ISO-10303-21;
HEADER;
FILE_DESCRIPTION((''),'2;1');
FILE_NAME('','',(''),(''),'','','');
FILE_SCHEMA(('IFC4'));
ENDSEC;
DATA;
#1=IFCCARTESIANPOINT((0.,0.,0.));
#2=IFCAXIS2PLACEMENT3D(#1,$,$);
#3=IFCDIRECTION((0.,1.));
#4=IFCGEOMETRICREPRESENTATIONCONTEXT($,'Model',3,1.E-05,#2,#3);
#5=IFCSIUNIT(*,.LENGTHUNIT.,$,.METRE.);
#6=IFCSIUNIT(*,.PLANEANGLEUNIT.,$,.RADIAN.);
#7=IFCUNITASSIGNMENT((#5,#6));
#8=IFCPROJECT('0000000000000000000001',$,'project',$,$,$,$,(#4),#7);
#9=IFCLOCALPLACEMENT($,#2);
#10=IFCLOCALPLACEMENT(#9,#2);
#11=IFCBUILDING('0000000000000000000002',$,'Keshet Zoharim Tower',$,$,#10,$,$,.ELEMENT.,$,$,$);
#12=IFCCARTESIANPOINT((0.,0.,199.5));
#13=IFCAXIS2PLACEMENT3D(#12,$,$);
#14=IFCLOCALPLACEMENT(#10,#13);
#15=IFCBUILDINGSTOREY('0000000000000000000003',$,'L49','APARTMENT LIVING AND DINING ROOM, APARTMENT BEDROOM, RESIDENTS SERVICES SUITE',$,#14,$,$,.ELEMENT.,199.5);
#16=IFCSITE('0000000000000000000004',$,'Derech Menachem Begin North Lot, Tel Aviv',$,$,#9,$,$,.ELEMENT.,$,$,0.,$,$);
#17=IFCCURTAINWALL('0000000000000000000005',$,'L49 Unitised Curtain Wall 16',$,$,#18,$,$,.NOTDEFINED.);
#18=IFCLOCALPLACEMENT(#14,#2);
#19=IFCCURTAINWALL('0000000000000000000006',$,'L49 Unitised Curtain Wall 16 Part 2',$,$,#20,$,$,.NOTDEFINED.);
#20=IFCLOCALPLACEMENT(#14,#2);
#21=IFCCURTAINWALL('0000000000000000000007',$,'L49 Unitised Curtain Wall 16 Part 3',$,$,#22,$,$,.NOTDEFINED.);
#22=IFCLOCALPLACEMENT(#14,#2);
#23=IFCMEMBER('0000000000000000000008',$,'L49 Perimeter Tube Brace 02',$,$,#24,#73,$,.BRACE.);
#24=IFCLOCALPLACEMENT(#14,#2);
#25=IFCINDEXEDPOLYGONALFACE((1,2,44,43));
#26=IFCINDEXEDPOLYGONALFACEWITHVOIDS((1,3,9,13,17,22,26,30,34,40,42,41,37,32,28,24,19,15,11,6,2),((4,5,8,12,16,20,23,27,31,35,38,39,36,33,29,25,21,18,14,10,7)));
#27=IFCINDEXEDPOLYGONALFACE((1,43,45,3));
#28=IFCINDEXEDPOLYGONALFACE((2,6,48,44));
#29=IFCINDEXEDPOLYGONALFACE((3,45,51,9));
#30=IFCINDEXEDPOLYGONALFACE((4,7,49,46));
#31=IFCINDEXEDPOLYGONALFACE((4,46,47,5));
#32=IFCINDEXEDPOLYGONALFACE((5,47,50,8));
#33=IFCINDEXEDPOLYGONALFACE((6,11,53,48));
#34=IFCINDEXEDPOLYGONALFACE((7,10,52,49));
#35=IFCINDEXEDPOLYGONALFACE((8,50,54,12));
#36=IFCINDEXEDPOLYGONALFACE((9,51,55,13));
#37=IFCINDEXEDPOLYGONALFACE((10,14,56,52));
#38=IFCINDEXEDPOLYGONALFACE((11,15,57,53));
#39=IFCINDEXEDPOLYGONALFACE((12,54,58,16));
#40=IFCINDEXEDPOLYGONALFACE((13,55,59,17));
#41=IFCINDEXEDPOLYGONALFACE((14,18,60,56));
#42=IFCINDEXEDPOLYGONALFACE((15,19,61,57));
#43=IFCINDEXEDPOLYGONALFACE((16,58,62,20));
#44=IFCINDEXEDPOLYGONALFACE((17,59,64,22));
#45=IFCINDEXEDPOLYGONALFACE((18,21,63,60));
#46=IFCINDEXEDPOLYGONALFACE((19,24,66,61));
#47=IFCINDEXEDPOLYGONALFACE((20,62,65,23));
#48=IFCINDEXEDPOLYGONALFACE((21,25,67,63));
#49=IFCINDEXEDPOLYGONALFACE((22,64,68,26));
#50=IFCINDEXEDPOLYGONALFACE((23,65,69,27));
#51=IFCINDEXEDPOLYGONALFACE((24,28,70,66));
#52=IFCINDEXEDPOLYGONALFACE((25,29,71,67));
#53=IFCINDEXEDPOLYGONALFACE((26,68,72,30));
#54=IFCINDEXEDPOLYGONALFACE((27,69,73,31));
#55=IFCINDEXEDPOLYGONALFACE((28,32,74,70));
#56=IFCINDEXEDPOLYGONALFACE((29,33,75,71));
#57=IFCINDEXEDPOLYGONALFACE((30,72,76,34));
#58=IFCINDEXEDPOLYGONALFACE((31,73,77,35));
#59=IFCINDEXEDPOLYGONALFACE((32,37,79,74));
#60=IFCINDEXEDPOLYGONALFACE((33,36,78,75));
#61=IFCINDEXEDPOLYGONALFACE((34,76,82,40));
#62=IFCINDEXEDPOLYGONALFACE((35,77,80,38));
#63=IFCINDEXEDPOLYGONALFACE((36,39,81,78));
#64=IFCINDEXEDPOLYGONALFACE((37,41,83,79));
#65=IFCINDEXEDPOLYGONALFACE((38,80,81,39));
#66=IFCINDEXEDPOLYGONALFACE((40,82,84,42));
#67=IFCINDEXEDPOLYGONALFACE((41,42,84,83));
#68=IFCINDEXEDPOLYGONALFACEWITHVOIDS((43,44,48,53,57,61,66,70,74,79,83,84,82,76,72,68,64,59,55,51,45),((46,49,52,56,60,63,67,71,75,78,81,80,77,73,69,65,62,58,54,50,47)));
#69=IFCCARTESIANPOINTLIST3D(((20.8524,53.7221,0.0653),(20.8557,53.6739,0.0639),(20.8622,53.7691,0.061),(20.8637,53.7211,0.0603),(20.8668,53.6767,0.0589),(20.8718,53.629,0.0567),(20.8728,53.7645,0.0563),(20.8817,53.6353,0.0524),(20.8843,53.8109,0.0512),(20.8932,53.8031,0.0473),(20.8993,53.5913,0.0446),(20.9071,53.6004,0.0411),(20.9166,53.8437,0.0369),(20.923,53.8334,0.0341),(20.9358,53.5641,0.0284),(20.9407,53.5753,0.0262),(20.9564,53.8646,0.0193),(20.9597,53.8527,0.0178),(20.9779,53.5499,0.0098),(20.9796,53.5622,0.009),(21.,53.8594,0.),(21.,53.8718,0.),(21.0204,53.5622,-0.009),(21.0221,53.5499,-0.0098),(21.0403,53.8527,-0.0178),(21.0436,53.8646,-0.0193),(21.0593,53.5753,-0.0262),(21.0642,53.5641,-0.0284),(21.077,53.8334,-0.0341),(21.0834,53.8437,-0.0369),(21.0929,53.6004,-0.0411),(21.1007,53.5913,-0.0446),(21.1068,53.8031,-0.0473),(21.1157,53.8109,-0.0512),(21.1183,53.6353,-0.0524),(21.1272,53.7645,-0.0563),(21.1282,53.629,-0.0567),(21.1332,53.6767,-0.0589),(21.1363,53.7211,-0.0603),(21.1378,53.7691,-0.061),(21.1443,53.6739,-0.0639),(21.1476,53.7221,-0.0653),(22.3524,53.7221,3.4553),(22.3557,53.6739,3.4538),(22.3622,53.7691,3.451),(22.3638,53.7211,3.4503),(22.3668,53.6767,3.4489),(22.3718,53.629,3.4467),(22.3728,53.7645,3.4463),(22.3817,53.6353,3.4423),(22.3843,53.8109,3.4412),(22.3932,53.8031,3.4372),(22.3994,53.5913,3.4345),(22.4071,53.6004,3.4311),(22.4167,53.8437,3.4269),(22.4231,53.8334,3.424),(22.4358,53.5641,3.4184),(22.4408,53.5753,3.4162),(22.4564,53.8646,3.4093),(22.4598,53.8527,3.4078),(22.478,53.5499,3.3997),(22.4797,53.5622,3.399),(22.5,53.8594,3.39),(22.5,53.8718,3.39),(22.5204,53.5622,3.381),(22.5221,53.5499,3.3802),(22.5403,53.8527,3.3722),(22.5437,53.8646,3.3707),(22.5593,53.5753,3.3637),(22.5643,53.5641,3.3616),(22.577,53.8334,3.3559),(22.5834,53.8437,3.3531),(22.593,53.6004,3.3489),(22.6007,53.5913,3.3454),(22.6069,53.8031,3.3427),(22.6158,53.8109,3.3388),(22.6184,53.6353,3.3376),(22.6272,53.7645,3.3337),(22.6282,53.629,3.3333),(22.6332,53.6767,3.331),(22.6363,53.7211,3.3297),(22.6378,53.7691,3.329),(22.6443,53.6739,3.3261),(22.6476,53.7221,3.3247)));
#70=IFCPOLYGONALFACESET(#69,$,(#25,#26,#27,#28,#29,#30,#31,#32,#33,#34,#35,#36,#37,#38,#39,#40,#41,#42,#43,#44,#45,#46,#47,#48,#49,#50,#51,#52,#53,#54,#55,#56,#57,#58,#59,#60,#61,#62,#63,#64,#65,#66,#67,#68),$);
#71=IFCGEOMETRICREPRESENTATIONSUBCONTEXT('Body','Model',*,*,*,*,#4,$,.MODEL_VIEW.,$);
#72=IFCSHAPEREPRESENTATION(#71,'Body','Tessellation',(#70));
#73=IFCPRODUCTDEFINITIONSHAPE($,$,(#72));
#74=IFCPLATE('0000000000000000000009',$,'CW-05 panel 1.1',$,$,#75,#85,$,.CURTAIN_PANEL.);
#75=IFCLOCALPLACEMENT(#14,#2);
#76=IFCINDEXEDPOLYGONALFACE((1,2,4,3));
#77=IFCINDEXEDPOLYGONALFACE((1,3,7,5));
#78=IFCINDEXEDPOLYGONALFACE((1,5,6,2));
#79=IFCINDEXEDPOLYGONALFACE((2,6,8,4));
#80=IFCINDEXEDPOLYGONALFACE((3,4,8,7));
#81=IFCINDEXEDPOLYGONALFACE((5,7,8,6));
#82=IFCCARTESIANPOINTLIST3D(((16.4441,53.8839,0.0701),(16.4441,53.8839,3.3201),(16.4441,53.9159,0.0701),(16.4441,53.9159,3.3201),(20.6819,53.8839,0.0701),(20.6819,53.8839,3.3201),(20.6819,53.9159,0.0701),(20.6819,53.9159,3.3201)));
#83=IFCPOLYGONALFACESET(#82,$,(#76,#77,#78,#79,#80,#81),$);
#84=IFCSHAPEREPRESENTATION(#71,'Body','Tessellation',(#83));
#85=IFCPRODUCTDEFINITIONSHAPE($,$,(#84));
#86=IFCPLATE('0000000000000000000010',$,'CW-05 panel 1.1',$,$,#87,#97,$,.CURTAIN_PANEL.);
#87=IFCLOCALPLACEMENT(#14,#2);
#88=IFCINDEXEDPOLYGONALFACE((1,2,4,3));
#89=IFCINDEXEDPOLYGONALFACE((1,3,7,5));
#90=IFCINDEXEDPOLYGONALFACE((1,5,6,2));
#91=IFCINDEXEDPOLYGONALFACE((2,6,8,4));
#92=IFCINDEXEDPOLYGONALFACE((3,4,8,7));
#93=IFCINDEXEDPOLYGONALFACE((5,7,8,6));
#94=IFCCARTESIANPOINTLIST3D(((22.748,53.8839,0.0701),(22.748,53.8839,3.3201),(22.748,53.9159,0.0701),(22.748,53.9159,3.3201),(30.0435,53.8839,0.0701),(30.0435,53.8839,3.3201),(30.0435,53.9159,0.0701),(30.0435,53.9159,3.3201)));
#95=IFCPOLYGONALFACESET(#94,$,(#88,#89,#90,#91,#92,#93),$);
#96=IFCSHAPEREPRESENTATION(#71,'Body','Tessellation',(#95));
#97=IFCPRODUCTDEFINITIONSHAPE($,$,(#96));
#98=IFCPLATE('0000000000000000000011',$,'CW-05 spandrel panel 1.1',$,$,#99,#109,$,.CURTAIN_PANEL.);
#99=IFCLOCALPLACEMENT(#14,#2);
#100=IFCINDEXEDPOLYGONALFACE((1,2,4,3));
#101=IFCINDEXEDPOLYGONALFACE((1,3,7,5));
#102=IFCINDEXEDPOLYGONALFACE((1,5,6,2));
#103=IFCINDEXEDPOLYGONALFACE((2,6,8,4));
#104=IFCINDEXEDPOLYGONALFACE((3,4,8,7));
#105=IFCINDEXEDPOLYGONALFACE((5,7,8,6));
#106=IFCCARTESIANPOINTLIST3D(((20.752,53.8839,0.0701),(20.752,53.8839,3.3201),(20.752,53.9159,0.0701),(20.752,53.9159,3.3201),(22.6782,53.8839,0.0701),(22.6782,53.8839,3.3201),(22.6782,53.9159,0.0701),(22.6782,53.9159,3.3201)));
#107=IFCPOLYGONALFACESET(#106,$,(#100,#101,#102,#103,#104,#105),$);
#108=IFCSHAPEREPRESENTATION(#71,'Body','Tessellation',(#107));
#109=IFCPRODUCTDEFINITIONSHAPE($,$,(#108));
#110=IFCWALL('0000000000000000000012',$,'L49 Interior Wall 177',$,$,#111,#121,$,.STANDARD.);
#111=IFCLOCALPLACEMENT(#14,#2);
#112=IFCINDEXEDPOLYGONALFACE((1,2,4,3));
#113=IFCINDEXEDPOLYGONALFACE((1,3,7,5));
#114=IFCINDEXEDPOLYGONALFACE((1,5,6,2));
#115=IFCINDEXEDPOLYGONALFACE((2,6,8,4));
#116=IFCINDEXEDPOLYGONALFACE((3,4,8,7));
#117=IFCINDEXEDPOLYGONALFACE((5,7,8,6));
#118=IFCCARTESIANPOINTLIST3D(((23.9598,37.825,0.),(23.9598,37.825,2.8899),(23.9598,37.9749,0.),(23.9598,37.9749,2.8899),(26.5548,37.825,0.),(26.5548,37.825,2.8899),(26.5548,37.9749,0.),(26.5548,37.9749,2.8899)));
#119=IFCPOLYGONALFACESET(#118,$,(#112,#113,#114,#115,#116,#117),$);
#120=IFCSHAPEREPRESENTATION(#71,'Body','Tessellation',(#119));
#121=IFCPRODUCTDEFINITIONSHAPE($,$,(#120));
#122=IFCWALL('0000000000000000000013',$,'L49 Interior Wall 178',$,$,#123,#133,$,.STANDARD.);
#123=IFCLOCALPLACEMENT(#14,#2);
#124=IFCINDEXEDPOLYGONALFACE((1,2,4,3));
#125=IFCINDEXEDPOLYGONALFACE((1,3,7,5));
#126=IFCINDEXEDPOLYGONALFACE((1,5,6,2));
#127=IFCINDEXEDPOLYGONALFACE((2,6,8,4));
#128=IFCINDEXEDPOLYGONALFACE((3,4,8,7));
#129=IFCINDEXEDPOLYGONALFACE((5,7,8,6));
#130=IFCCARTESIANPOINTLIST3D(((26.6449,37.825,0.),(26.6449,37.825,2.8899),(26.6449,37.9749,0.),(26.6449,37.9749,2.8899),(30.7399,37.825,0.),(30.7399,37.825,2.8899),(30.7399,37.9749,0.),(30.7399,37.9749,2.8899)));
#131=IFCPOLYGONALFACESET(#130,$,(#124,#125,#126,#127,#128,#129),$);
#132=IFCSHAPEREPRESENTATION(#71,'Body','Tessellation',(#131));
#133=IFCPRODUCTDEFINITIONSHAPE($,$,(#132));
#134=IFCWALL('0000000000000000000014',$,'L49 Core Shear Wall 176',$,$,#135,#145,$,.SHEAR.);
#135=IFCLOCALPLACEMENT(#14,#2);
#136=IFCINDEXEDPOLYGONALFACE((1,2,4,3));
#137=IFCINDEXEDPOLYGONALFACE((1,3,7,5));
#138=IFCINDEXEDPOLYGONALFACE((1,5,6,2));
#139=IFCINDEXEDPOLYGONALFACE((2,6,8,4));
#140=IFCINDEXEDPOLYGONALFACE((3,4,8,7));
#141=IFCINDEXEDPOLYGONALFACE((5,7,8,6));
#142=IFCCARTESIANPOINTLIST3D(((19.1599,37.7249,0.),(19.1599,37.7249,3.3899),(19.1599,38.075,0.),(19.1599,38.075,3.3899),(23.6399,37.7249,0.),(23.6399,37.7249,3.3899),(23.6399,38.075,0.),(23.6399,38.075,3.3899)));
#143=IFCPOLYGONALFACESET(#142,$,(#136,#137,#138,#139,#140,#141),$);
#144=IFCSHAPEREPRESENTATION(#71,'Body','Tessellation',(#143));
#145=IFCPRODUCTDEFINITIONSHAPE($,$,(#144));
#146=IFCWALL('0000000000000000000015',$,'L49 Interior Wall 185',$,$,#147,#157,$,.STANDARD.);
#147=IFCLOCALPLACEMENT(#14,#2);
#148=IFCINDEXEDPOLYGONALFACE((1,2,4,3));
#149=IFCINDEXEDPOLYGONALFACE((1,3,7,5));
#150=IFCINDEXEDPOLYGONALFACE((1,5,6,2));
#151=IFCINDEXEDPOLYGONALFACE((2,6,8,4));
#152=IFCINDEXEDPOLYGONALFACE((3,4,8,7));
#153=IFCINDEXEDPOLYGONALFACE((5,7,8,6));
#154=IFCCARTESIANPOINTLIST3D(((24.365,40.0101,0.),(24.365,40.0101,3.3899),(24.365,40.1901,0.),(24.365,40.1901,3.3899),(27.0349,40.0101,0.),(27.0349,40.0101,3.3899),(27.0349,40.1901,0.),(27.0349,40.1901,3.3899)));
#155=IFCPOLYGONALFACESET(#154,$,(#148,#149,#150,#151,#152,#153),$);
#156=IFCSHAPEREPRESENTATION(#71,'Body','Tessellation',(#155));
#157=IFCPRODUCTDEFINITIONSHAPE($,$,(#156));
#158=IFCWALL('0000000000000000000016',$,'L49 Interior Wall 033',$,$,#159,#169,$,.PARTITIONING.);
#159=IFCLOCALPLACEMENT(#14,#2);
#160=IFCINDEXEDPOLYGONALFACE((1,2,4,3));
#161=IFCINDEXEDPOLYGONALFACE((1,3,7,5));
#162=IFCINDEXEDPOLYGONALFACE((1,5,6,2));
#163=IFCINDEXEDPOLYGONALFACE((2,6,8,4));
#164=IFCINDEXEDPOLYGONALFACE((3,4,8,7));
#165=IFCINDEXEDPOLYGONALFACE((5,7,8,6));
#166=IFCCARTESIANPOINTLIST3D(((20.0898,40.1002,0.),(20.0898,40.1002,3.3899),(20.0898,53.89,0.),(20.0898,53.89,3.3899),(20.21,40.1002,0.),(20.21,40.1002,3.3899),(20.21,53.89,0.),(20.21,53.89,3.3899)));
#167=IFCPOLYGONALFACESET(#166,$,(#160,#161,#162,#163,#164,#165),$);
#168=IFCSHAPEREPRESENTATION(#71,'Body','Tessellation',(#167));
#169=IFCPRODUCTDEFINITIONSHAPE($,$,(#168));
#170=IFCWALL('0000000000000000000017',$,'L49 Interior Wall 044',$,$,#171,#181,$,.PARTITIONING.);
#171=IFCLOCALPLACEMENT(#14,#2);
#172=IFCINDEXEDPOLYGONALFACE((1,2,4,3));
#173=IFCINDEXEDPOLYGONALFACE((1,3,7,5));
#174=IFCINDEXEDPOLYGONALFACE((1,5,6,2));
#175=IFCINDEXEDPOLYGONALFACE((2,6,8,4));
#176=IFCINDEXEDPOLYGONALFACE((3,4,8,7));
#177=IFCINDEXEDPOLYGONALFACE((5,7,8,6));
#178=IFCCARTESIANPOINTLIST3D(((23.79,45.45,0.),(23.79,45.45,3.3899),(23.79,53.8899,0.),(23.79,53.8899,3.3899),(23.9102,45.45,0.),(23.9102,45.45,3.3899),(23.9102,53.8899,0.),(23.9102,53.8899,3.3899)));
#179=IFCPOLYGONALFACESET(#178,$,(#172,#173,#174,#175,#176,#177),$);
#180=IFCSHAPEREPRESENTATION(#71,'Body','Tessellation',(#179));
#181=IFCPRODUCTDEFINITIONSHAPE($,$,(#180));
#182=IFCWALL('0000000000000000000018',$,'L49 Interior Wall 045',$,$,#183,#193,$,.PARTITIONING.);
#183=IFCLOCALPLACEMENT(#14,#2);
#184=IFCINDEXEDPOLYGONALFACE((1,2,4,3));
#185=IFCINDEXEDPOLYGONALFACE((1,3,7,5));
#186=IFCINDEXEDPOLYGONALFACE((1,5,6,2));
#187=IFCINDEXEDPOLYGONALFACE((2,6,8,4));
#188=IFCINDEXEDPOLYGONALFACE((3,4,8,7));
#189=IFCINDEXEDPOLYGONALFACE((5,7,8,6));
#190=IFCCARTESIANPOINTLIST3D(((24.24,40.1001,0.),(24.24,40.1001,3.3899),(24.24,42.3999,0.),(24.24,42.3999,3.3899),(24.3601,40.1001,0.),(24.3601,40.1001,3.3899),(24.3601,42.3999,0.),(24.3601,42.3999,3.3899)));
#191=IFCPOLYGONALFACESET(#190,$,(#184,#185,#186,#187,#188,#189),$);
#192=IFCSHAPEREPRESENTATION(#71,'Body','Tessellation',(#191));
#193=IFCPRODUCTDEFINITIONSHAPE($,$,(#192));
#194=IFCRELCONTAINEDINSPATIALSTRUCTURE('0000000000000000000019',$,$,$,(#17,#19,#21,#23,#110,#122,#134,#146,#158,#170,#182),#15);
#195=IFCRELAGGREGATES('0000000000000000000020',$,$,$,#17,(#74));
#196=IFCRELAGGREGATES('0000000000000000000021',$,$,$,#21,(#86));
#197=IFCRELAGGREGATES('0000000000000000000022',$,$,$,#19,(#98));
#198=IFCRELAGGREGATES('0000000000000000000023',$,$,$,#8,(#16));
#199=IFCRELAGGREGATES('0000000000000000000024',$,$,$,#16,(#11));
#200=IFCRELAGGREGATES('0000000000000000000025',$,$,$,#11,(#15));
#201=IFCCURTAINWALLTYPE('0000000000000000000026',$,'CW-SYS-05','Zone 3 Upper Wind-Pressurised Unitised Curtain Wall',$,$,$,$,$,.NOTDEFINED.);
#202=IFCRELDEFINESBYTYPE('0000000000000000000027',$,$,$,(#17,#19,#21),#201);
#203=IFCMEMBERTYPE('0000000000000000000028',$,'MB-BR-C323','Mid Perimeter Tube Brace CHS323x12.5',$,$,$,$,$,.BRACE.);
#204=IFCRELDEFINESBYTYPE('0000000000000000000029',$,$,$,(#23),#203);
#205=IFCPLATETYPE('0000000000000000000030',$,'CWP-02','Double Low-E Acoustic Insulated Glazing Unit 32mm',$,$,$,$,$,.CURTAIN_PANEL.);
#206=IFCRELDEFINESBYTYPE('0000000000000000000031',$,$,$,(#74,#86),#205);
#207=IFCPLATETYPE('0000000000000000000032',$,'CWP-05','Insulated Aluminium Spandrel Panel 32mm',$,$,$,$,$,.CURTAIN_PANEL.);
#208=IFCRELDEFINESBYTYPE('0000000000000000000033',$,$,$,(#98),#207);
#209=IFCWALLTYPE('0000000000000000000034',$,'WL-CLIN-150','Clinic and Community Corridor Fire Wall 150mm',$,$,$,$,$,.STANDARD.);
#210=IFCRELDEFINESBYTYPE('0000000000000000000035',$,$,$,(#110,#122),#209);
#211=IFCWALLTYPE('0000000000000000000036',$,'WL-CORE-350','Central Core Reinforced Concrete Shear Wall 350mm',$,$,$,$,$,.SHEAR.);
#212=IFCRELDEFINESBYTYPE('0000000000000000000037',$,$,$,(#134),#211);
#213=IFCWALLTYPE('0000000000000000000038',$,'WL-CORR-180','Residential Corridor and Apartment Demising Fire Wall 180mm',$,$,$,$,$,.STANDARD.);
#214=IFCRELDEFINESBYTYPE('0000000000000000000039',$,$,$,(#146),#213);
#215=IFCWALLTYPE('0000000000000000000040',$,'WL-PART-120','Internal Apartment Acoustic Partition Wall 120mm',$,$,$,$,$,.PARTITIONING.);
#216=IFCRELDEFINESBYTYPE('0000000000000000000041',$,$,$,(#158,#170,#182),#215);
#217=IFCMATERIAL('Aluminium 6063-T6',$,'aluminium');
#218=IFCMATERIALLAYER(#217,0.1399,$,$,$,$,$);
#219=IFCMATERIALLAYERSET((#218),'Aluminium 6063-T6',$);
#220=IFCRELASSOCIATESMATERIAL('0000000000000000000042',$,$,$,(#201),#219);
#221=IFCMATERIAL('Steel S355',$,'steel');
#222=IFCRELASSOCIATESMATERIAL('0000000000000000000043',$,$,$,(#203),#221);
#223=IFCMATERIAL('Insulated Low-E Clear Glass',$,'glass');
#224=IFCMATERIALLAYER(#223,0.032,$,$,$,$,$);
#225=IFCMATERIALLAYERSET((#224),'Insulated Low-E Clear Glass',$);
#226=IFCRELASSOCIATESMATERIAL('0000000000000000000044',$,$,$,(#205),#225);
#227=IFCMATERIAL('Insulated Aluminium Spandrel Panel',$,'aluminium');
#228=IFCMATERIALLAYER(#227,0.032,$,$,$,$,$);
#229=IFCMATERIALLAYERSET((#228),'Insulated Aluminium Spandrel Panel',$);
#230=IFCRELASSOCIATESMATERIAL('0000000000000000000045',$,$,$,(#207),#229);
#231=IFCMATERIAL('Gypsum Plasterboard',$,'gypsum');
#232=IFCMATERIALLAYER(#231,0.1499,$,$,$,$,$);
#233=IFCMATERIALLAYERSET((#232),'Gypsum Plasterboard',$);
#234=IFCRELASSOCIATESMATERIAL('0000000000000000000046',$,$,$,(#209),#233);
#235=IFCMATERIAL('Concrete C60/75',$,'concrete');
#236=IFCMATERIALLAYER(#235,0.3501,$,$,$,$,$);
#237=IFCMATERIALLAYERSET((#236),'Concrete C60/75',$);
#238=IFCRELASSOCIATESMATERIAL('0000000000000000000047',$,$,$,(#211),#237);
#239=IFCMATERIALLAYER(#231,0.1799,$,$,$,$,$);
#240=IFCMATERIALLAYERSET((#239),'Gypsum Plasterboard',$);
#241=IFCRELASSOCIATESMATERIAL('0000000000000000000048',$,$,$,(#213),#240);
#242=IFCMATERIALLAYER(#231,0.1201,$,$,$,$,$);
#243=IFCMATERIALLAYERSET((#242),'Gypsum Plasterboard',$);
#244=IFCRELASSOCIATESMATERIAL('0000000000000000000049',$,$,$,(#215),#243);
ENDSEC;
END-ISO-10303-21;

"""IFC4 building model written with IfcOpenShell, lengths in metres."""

from ifc_helpers import new_model, si_unit, direction, frame, frame_2d, origin, origin_2d, place, context, subcontext, project, spatial, rectangle, hollow_circle, extrude, material, layer, layer_set, material_profile, profile_set, type_object, element, aggregate, save


model = new_model("IFC4")

# Units and contexts
model_context = context("Model", 3, precision=1e-05, world=origin(), true_north=direction((0.0, 1.0)))
body_context = subcontext(model_context, "Body", "Model", "MODEL_VIEW")
ifc_project = project(units=[si_unit("LENGTHUNIT", "METRE"), si_unit("PLANEANGLEUNIT", "RADIAN")], contexts=[model_context])

# Site, building, storey
site_placement = place(None, origin())
site = spatial("IfcSite", under=ifc_project, at=site_placement, Name="Derech Menachem Begin North Lot, Tel Aviv", CompositionType="ELEMENT", RefElevation=0.0)
building_placement = place(site_placement, origin())
building = spatial("IfcBuilding", under=site, at=building_placement, Name="Keshet Zoharim Tower", CompositionType="ELEMENT")
storey_placement = place(building_placement, frame((0.0, 0.0, 199.5)))
storey = spatial("IfcBuildingStorey", under=building, at=storey_placement, Name="L49", Description="APARTMENT LIVING AND DINING ROOM, APARTMENT BEDROOM, RESIDENTS SERVICES SUITE", CompositionType="ELEMENT", Elevation=199.5)

# Shared definitions
ifc_material_1 = material(Name="Steel S355", Category="steel")

# Curtain wall
ifc_material_2 = material(Name="Aluminium 6063-T6", Category="aluminium")
ifc_layer_1 = layer(ifc_material_2, 0.1399)
ifc_layer_set_1 = layer_set([ifc_layer_1], Name="Aluminium 6063-T6")
curtain_wall_type = type_object("IfcCurtainWallType", Name="CW-SYS-05", Description="Zone 3 Upper Wind-Pressurised Unitised Curtain Wall", PredefinedType="NOTDEFINED", material=ifc_layer_set_1)
curtain_wall_1_placement = place(storey_placement, origin())
curtain_wall_1 = element("IfcCurtainWall", 1, at=curtain_wall_1_placement, inside=storey, type_object=curtain_wall_type, Name="L49 Unitised Curtain Wall 16", PredefinedType="NOTDEFINED")

# Curtain walls
curtain_wall_2_placement = place(storey_placement, origin())
curtain_wall_2 = element("IfcCurtainWall", 2, at=curtain_wall_2_placement, inside=storey, type_object=curtain_wall_type, Name="L49 Unitised Curtain Wall 16 Part 2", PredefinedType="NOTDEFINED")
curtain_wall_3_placement = place(storey_placement, origin())
curtain_wall_3 = element("IfcCurtainWall", 3, at=curtain_wall_3_placement, inside=storey, type_object=curtain_wall_type, Name="L49 Unitised Curtain Wall 16 Part 3", PredefinedType="NOTDEFINED")

# Member
ifc_material_profile_1 = material_profile(ifc_material_1, hollow_circle(Radius=0.1619, WallThickness=0.0125, at=origin_2d()), Name="CHS323x12.5")
ifc_profile_set_1 = profile_set([ifc_material_profile_1], Name="Steel S355")
member_type_1 = type_object("IfcMemberType", Name="MB-BR-C323", Description="Mid Perimeter Tube Brace CHS323x12.5", PredefinedType="BRACE", material=ifc_profile_set_1)
member_1_placement = place(storey_placement, frame((21.0, 53.71, 0.0), z_axis=(0.404647, 0.0, 0.914473), x_axis=(0.0, 1.0, 0.0)))
element("IfcMember", 4, at=member_1_placement, inside=storey, type_object=member_type_1, Name="L49 Perimeter Tube Brace 02", PredefinedType="BRACE", context=body_context, shape_type="SweptSolid", body=[
    extrude(hollow_circle(Radius=0.1619, WallThickness=0.0125, at=origin_2d()), origin(), (0.0, 0.0, 1.0), 3.707),
])

# Plates
ifc_material_3 = material(Name="Insulated Low-E Clear Glass", Category="glass")
ifc_layer_2 = layer(ifc_material_3, 0.032)
ifc_layer_set_2 = layer_set([ifc_layer_2], Name="Insulated Low-E Clear Glass")
plate_type_1 = type_object("IfcPlateType", Name="CWP-02", Description="Double Low-E Acoustic Insulated Glazing Unit 32mm", PredefinedType="CURTAIN_PANEL", material=ifc_layer_set_2)
plate_1_placement = place(storey_placement, frame((18.563, 53.8999, 0.0701), z_axis=(0.0, 0.0, 1.0), x_axis=(1.0, 0.0, 0.0)))
plate_1 = element("IfcPlate", 5, at=plate_1_placement, type_object=plate_type_1, Name="CW-05 panel 1.1", PredefinedType="CURTAIN_PANEL", context=body_context, shape_type="SweptSolid", body=[
    extrude(rectangle(XDim=4.2378, YDim=0.032, at=origin_2d()), origin(), (0.0, 0.0, 1.0), 3.25),
])
aggregate(curtain_wall_1, [plate_1])
plate_2_placement = place(storey_placement, frame((26.3958, 53.8999, 0.0701), z_axis=(0.0, 0.0, 1.0), x_axis=(1.0, 0.0, 0.0)))
plate_2 = element("IfcPlate", 6, at=plate_2_placement, type_object=plate_type_1, Name="CW-05 panel 1.1", PredefinedType="CURTAIN_PANEL", context=body_context, shape_type="SweptSolid", body=[
    extrude(rectangle(XDim=7.2954, YDim=0.032, at=origin_2d()), origin(), (0.0, 0.0, 1.0), 3.25),
])
aggregate(curtain_wall_3, [plate_2])
ifc_material_4 = material(Name="Insulated Aluminium Spandrel Panel", Category="aluminium")
ifc_layer_3 = layer(ifc_material_4, 0.032)
ifc_layer_set_3 = layer_set([ifc_layer_3], Name="Insulated Aluminium Spandrel Panel")
plate_type_2 = type_object("IfcPlateType", Name="CWP-05", Description="Insulated Aluminium Spandrel Panel 32mm", PredefinedType="CURTAIN_PANEL", material=ifc_layer_set_3)
plate_3_placement = place(storey_placement, frame((21.7151, 53.8999, 0.0701), z_axis=(0.0, 0.0, 1.0), x_axis=(1.0, 0.0, 0.0)))
plate_3 = element("IfcPlate", 7, at=plate_3_placement, type_object=plate_type_2, Name="CW-05 spandrel panel 1.1", PredefinedType="CURTAIN_PANEL", context=body_context, shape_type="SweptSolid", body=[
    extrude(rectangle(XDim=1.9263, YDim=0.032, at=origin_2d()), origin(), (0.0, 0.0, 1.0), 3.25),
])
aggregate(curtain_wall_2, [plate_3])

# Walls
ifc_material_5 = material(Name="Gypsum Plasterboard", Category="gypsum")
ifc_layer_4 = layer(ifc_material_5, 0.1499)
ifc_layer_set_4 = layer_set([ifc_layer_4], Name="Gypsum Plasterboard")
wall_type_1 = type_object("IfcWallType", Name="WL-CLIN-150", Description="Clinic and Community Corridor Fire Wall 150mm", PredefinedType="STANDARD", material=ifc_layer_set_4)
wall_1_placement = place(storey_placement, frame((23.96, 37.8999, 0.0), z_axis=(0.0, 0.0, 1.0), x_axis=(1.0, 0.0, 0.0)))
element("IfcWall", 8, at=wall_1_placement, inside=storey, type_object=wall_type_1, Name="L49 Interior Wall 177", PredefinedType="STANDARD", context=body_context, shape_type="SweptSolid", body=[
    extrude(rectangle(XDim=2.595, YDim=0.1499, at=frame_2d((1.2974, 0.0))), origin(), (0.0, 0.0, 1.0), 2.8899),
])
wall_2_placement = place(storey_placement, frame((26.645, 37.8999, 0.0), z_axis=(0.0, 0.0, 1.0), x_axis=(1.0, 0.0, 0.0)))
element("IfcWall", 9, at=wall_2_placement, inside=storey, type_object=wall_type_1, Name="L49 Interior Wall 178", PredefinedType="STANDARD", context=body_context, shape_type="SweptSolid", body=[
    extrude(rectangle(XDim=4.095, YDim=0.1499, at=frame_2d((2.0474, 0.0))), origin(), (0.0, 0.0, 1.0), 2.8899),
])
ifc_material_6 = material(Name="Concrete C60/75", Category="concrete")
ifc_layer_5 = layer(ifc_material_6, 0.3501)
ifc_layer_set_5 = layer_set([ifc_layer_5], Name="Concrete C60/75")
wall_type_2 = type_object("IfcWallType", Name="WL-CORE-350", Description="Central Core Reinforced Concrete Shear Wall 350mm", PredefinedType="SHEAR", material=ifc_layer_set_5)
wall_3_placement = place(storey_placement, frame((19.1599, 37.8999, 0.0), z_axis=(0.0, 0.0, 1.0), x_axis=(1.0, 0.0, 0.0)))
element("IfcWall", 10, at=wall_3_placement, inside=storey, type_object=wall_type_2, Name="L49 Core Shear Wall 176", PredefinedType="SHEAR", context=body_context, shape_type="SweptSolid", body=[
    extrude(rectangle(XDim=4.48, YDim=0.3501, at=frame_2d((2.24, 0.0))), origin(), (0.0, 0.0, 1.0), 3.3899),
])

# Shared definitions
ifc_layer_6 = layer(ifc_material_5, 0.1799)
ifc_layer_set_6 = layer_set([ifc_layer_6], Name="Gypsum Plasterboard")
wall_type_3 = type_object("IfcWallType", Name="WL-CORR-180", Description="Residential Corridor and Apartment Demising Fire Wall 180mm", PredefinedType="STANDARD", material=ifc_layer_set_6)

# Walls
wall_4_placement = place(storey_placement, frame((24.365, 40.1001, 0.0), z_axis=(0.0, 0.0, 1.0), x_axis=(1.0, 0.0, 0.0)))
element("IfcWall", 11, at=wall_4_placement, inside=storey, type_object=wall_type_3, Name="L49 Interior Wall 185", PredefinedType="STANDARD", context=body_context, shape_type="SweptSolid", body=[
    extrude(rectangle(XDim=2.6699, YDim=0.1799, at=frame_2d((1.335, 0.0))), origin(), (0.0, 0.0, 1.0), 3.3899),
])
ifc_layer_7 = layer(ifc_material_5, 0.1201)
ifc_layer_set_7 = layer_set([ifc_layer_7], Name="Gypsum Plasterboard")
wall_type_4 = type_object("IfcWallType", Name="WL-PART-120", Description="Internal Apartment Acoustic Partition Wall 120mm", PredefinedType="PARTITIONING", material=ifc_layer_set_7)
wall_5_placement = place(storey_placement, frame((20.1499, 40.1001, 0.0), z_axis=(0.0, 0.0, 1.0), x_axis=(0.0, 1.0, 0.0)))
element("IfcWall", 12, at=wall_5_placement, inside=storey, type_object=wall_type_4, Name="L49 Interior Wall 033", PredefinedType="PARTITIONING", context=body_context, shape_type="SweptSolid", body=[
    extrude(rectangle(XDim=13.7898, YDim=0.1201, at=frame_2d((6.895, 0.0))), origin(), (0.0, 0.0, 1.0), 3.3899),
])
wall_6_placement = place(storey_placement, frame((23.8501, 45.45, 0.0), z_axis=(0.0, 0.0, 1.0), x_axis=(0.0, 1.0, 0.0)))
element("IfcWall", 13, at=wall_6_placement, inside=storey, type_object=wall_type_4, Name="L49 Interior Wall 044", PredefinedType="PARTITIONING", context=body_context, shape_type="SweptSolid", body=[
    extrude(rectangle(XDim=8.4399, YDim=0.1201, at=frame_2d((4.22, 0.0))), origin(), (0.0, 0.0, 1.0), 3.3899),
])
wall_7_placement = place(storey_placement, frame((24.3, 40.1001, 0.0), z_axis=(0.0, 0.0, 1.0), x_axis=(0.0, 1.0, 0.0)))
element("IfcWall", 14, at=wall_7_placement, inside=storey, type_object=wall_type_4, Name="L49 Interior Wall 045", PredefinedType="PARTITIONING", context=body_context, shape_type="SweptSolid", body=[
    extrude(rectangle(XDim=2.2998, YDim=0.1201, at=frame_2d((1.1499, 0.0))), origin(), (0.0, 0.0, 1.0), 3.3899),
])

save(model, "model.ifc")
